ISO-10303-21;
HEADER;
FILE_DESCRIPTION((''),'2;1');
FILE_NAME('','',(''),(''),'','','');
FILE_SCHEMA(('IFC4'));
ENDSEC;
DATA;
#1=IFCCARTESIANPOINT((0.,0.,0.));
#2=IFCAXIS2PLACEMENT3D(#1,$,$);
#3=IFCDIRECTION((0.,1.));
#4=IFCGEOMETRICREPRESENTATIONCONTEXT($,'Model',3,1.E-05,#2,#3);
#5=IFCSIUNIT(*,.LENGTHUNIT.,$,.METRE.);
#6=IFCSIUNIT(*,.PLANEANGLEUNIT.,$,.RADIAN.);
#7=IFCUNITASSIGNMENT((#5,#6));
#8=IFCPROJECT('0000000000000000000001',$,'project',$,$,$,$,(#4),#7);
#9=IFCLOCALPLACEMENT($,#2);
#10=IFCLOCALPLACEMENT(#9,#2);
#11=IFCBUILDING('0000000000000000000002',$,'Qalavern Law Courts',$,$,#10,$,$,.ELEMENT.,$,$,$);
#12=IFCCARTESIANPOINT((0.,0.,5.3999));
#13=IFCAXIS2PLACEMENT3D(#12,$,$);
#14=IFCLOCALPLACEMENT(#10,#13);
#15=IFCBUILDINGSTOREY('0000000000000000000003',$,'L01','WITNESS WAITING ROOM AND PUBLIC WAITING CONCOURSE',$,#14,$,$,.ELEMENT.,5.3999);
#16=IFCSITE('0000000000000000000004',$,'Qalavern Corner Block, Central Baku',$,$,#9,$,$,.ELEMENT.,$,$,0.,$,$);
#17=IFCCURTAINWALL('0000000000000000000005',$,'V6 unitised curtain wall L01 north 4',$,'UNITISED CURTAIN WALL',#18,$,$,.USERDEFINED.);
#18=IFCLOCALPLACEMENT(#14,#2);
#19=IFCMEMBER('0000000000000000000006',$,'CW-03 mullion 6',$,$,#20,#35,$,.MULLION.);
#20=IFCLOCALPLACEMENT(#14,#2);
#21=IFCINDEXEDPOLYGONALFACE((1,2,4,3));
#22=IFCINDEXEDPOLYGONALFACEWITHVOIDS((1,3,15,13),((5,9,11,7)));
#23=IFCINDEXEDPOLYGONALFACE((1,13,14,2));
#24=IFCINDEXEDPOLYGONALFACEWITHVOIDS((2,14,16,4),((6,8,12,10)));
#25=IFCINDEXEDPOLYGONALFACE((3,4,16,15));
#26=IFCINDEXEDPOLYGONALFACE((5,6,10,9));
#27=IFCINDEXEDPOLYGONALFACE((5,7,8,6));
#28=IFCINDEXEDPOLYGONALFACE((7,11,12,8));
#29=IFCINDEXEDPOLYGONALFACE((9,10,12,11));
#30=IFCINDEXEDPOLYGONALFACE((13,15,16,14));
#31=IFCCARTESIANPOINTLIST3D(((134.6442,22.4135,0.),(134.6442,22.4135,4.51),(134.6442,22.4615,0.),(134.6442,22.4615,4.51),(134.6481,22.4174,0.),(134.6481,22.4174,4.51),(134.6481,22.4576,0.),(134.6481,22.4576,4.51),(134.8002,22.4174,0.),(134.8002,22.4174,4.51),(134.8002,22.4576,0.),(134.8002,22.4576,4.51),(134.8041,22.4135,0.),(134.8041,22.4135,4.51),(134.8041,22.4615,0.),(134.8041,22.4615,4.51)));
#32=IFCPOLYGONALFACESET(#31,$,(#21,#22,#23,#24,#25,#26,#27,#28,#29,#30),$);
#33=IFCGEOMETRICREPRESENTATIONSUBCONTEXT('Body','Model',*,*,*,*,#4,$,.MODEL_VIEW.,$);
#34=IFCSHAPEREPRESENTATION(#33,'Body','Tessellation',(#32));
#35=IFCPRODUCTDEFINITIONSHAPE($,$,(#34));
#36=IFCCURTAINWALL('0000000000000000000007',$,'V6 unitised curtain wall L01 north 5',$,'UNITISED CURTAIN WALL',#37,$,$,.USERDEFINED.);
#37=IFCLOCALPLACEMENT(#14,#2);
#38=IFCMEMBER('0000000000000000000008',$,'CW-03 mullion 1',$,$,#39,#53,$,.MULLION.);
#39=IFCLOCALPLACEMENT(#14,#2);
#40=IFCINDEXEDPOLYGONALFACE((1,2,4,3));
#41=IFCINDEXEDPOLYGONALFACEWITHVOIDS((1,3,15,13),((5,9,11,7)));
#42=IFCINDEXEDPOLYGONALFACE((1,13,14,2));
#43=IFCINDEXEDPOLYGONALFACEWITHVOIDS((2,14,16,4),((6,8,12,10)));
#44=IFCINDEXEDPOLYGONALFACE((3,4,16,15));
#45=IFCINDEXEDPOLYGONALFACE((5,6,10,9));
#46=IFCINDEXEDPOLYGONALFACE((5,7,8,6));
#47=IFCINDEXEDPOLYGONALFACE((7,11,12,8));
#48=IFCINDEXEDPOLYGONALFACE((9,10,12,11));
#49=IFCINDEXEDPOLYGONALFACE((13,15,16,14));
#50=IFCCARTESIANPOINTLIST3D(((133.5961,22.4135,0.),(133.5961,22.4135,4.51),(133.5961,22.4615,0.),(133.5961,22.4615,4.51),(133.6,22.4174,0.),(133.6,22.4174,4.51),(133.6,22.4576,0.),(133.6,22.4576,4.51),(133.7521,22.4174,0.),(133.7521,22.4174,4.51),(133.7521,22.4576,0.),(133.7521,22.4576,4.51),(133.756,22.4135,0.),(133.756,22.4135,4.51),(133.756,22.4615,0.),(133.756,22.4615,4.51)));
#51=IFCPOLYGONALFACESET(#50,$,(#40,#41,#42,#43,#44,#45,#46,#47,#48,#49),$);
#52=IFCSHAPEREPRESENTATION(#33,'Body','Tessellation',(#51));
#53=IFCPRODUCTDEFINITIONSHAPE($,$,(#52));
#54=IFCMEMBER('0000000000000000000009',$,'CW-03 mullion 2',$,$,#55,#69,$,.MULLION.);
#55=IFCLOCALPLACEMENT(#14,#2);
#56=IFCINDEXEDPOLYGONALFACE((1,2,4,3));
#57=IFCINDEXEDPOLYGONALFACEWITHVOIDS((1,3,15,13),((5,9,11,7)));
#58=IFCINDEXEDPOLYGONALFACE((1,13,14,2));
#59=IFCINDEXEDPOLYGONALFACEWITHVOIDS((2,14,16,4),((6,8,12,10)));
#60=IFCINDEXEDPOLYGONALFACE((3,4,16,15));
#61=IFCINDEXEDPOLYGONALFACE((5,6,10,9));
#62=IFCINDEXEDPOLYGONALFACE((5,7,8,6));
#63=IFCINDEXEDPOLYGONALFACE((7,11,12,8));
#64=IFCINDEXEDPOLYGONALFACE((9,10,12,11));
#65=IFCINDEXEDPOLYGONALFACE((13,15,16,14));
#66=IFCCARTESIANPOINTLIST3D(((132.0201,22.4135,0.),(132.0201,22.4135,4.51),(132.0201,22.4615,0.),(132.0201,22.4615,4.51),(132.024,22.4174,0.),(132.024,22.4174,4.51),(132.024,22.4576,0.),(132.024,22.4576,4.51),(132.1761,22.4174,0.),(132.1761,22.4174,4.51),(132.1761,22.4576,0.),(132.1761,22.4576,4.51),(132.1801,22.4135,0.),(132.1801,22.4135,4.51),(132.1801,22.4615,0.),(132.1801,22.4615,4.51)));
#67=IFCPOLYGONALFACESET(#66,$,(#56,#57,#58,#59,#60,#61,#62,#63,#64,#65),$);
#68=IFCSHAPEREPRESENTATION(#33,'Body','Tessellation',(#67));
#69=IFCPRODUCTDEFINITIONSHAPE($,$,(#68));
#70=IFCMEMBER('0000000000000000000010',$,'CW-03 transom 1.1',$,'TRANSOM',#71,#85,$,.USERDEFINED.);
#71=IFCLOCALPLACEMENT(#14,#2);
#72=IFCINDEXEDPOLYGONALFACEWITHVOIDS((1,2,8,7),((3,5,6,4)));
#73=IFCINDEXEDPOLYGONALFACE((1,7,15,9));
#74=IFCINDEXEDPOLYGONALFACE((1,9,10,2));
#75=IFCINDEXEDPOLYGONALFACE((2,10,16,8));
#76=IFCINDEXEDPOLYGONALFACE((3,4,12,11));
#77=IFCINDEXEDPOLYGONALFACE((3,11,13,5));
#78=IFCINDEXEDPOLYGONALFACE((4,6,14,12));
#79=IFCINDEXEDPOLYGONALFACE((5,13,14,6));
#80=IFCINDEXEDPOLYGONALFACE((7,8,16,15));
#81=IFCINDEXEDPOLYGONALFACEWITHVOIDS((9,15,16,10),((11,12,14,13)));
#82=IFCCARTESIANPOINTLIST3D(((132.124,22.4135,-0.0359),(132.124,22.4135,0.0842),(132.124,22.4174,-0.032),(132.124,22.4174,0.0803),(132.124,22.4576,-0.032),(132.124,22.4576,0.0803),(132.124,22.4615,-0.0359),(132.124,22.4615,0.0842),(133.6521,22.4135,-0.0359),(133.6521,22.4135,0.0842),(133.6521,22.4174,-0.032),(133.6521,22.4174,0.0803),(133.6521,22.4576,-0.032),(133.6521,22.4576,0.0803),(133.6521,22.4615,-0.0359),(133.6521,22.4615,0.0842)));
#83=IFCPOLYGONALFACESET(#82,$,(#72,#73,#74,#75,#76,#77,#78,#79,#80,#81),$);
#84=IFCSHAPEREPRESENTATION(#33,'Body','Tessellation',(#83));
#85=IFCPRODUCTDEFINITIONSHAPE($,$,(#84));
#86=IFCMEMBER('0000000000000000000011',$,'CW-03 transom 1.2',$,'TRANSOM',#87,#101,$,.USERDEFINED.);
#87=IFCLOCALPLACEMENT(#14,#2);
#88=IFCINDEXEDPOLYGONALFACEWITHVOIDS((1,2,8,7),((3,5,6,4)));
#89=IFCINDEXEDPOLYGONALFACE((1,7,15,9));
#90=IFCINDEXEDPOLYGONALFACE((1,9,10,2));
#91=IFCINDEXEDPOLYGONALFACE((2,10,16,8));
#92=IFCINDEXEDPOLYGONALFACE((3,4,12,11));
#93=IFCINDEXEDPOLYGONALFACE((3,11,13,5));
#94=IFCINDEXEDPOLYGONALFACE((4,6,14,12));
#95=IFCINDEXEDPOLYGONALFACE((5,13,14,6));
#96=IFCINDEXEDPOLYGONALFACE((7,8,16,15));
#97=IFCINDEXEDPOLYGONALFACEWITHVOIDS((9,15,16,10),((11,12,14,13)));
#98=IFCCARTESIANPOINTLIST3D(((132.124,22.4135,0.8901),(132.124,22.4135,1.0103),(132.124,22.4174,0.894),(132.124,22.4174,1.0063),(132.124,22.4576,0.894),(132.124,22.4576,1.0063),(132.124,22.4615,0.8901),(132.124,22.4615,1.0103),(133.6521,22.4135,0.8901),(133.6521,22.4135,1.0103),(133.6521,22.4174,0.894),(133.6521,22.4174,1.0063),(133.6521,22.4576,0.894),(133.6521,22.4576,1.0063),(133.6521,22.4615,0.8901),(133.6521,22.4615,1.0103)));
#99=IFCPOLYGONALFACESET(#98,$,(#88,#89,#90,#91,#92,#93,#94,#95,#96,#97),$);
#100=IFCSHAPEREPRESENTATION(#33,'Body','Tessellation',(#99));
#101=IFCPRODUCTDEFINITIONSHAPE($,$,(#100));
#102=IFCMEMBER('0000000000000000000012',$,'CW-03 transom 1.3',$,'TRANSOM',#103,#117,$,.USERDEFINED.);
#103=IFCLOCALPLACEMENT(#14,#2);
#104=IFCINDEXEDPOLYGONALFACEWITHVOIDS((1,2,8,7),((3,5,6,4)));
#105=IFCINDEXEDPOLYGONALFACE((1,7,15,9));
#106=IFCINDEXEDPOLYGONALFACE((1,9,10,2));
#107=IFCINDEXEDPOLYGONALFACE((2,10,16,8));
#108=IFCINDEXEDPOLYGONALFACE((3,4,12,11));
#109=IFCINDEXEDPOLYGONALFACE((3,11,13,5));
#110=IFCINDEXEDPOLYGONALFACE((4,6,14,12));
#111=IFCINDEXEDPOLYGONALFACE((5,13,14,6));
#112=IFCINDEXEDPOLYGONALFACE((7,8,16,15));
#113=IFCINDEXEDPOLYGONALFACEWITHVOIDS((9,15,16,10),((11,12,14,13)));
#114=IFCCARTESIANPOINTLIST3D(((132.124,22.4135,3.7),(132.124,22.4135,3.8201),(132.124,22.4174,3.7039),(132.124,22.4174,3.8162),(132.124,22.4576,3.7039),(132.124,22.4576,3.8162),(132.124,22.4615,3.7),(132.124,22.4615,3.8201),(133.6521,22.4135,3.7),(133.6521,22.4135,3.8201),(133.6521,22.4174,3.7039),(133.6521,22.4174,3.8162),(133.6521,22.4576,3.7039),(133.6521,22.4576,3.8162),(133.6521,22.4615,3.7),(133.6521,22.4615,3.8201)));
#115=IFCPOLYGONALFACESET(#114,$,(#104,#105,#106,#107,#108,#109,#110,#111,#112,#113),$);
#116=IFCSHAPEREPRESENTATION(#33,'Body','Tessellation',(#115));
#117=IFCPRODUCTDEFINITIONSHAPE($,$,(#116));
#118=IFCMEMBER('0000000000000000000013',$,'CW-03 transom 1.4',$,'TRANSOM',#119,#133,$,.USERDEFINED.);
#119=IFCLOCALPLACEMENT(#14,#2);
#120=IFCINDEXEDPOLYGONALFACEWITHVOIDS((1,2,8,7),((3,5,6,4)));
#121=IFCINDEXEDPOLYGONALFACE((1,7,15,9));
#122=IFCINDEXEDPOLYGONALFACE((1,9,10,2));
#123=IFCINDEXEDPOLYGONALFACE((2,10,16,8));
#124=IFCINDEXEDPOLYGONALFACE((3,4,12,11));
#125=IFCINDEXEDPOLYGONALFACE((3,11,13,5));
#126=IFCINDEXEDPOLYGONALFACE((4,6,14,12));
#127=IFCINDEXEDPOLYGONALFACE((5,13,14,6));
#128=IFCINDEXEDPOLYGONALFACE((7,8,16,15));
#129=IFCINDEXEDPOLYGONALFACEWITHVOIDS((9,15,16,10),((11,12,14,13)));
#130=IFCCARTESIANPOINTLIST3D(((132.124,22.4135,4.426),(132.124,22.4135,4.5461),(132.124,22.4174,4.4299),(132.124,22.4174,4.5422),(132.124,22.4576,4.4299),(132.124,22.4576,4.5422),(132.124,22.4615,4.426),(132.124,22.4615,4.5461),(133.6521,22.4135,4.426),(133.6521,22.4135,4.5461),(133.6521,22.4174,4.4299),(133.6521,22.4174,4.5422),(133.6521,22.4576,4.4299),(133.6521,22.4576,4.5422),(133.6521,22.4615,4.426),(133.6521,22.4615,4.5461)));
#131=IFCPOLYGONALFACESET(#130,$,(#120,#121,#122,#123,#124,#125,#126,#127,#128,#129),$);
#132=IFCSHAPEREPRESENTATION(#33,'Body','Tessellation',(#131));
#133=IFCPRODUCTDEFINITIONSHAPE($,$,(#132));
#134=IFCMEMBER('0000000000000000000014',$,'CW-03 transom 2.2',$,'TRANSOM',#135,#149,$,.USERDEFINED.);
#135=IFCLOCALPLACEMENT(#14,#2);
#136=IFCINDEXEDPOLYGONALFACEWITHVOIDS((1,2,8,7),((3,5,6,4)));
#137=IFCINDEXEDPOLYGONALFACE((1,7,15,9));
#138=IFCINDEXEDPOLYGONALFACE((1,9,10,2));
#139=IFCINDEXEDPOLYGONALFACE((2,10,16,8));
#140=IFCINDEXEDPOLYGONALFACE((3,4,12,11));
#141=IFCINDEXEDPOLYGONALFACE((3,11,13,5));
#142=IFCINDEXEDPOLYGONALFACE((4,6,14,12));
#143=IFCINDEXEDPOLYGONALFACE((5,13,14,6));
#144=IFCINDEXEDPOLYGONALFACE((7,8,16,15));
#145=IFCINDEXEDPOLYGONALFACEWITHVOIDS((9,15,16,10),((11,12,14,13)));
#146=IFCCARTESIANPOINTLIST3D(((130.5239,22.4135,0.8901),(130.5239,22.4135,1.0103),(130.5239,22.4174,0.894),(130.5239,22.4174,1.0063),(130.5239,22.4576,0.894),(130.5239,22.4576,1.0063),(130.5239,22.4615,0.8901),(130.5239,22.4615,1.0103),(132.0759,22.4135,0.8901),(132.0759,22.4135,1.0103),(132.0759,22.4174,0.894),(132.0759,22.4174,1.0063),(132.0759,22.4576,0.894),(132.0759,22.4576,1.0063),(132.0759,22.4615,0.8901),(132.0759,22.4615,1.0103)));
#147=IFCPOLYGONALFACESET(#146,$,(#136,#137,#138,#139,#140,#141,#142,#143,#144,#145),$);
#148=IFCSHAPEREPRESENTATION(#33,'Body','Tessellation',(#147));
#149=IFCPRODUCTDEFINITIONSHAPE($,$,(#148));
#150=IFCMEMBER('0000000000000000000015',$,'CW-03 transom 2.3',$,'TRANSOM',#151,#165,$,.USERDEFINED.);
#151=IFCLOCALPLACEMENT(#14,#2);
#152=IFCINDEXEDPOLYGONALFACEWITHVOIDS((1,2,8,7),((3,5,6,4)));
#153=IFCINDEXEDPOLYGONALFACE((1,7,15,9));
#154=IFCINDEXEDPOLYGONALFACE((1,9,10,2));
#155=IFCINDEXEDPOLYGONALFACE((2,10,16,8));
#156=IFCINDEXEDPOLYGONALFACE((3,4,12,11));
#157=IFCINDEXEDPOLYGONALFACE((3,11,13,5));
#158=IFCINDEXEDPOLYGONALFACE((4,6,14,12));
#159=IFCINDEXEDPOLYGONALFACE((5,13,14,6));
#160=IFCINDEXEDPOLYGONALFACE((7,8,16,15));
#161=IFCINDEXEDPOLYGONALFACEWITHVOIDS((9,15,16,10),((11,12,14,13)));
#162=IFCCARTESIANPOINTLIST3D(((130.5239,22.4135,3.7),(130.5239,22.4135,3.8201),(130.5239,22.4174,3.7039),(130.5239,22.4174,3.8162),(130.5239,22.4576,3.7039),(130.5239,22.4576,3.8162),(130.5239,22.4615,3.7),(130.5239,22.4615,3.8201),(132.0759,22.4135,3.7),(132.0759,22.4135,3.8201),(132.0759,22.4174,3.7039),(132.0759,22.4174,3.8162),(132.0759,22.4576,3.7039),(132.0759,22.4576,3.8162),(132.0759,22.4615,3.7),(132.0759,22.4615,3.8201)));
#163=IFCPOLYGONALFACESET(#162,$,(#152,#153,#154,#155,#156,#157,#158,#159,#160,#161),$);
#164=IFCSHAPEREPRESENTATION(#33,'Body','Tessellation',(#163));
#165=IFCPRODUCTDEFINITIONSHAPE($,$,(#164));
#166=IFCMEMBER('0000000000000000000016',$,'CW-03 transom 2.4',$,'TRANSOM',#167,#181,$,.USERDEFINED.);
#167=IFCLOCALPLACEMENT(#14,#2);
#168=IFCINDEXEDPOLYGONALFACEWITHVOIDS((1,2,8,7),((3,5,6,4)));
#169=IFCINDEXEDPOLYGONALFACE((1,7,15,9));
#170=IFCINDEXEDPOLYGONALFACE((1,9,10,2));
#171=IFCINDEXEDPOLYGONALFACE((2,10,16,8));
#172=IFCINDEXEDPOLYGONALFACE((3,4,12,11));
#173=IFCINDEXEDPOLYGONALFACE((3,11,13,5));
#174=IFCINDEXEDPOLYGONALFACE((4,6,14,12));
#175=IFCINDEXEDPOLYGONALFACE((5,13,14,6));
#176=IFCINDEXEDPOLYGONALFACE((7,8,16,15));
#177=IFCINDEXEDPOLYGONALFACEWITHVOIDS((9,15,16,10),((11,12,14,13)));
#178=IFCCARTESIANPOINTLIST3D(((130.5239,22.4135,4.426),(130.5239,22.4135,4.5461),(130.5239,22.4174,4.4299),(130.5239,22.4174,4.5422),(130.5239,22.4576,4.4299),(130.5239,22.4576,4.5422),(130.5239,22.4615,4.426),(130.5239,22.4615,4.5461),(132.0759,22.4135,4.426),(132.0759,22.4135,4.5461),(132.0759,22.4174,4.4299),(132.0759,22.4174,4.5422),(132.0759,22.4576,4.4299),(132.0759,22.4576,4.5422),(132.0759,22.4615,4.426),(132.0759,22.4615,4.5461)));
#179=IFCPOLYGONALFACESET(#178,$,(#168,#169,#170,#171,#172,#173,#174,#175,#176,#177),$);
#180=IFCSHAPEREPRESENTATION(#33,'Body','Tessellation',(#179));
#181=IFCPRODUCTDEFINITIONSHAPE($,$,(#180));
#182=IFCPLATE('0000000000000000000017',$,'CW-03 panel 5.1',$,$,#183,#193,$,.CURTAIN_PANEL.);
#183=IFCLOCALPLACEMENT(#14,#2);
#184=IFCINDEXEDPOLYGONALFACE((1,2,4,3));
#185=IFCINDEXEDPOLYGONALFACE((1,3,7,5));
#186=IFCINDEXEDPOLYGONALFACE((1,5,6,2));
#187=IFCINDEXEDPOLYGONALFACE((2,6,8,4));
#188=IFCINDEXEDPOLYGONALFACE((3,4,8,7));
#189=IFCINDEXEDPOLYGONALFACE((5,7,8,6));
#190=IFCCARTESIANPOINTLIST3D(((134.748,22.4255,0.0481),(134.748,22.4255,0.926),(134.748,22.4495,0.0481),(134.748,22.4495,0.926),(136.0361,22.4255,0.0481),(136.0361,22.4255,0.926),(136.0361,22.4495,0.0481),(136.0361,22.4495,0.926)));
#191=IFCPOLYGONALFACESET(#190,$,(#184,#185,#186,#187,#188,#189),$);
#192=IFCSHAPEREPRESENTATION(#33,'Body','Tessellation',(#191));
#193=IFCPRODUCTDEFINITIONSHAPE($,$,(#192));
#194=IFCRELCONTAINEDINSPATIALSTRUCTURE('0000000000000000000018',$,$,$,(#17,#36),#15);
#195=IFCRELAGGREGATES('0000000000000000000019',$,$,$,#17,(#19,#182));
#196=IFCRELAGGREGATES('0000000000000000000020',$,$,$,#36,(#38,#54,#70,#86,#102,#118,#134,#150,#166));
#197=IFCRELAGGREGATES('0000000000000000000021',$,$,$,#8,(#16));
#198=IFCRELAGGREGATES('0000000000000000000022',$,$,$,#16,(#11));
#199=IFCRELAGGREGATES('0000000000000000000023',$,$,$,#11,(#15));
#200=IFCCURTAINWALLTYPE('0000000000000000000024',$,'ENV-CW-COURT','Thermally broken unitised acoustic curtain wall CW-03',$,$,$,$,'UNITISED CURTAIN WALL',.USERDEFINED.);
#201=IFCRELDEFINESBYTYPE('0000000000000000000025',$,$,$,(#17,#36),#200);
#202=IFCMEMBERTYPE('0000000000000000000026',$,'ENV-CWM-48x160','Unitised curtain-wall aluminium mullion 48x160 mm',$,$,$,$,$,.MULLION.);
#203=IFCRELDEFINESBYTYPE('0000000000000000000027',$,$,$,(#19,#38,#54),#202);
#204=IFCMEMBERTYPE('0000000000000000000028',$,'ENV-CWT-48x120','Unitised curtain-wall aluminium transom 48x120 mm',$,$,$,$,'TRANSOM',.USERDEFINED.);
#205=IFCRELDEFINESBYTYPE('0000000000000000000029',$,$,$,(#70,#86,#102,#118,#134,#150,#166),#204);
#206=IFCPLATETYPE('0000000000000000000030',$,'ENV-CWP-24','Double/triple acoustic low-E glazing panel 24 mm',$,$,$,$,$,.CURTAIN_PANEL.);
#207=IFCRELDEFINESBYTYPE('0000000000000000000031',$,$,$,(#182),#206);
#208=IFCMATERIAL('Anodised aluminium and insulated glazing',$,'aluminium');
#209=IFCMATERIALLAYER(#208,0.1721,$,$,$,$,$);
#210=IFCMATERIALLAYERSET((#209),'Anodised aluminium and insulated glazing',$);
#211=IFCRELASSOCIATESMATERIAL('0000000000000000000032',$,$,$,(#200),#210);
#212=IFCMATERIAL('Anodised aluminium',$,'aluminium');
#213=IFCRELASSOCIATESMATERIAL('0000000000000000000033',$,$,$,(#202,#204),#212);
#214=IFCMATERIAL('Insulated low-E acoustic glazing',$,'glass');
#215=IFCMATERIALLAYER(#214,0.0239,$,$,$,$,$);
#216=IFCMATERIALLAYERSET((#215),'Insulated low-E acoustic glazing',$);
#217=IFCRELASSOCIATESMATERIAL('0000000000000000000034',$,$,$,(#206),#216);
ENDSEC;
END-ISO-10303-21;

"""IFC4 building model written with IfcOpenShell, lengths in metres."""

from ifc_helpers import new_model, si_unit, direction, frame, origin, origin_2d, place, context, subcontext, project, spatial, rectangle, hollow_rectangle, extrude, material, layer, layer_set, material_profile, profile_set, type_object, element, aggregate, save


model = new_model("IFC4")

# Units and contexts
model_context = context("Model", 3, precision=1e-05, world=origin(), true_north=direction((0.0, 1.0)))
body_context = subcontext(model_context, "Body", "Model", "MODEL_VIEW")
ifc_project = project(units=[si_unit("LENGTHUNIT", "METRE"), si_unit("PLANEANGLEUNIT", "RADIAN")], contexts=[model_context])

# Site, building, storey
site_placement = place(None, origin())
site = spatial("IfcSite", under=ifc_project, at=site_placement, Name="Qalavern Corner Block, Central Baku", CompositionType="ELEMENT", RefElevation=0.0)
building_placement = place(site_placement, origin())
building = spatial("IfcBuilding", under=site, at=building_placement, Name="Qalavern Law Courts", CompositionType="ELEMENT")
storey_placement = place(building_placement, frame((0.0, 0.0, 5.3999)))
storey = spatial("IfcBuildingStorey", under=building, at=storey_placement, Name="L01", Description="WITNESS WAITING ROOM AND PUBLIC WAITING CONCOURSE", CompositionType="ELEMENT", Elevation=5.3999)

# Curtain wall, member
ifc_material_1 = material(Name="Anodised aluminium and insulated glazing", Category="aluminium")
ifc_layer_1 = layer(ifc_material_1, 0.1721)
ifc_layer_set_1 = layer_set([ifc_layer_1], Name="Anodised aluminium and insulated glazing")
curtain_wall_type = type_object("IfcCurtainWallType", Name="ENV-CW-COURT", Description="Thermally broken unitised acoustic curtain wall CW-03", ElementType="UNITISED CURTAIN WALL", PredefinedType="USERDEFINED", material=ifc_layer_set_1)
curtain_wall_1_placement = place(storey_placement, origin())
curtain_wall_1 = element("IfcCurtainWall", 1, at=curtain_wall_1_placement, inside=storey, type_object=curtain_wall_type, Name="V6 unitised curtain wall L01 north 4", ObjectType="UNITISED CURTAIN WALL", PredefinedType="USERDEFINED")
ifc_material_2 = material(Name="Anodised aluminium", Category="aluminium")
ifc_material_profile_1 = material_profile(ifc_material_2, hollow_rectangle(XDim=0.0481, YDim=0.1599, WallThickness=0.0039, at=origin_2d()), Name="ALU MULLION 48x160")
ifc_profile_set_1 = profile_set([ifc_material_profile_1], Name="Anodised aluminium")
member_type_1 = type_object("IfcMemberType", Name="ENV-CWM-48x160", Description="Unitised curtain-wall aluminium mullion 48x160 mm", PredefinedType="MULLION", material=ifc_profile_set_1)
member_1_placement = place(storey_placement, frame((134.7241, 22.4375, 0.0), z_axis=(0.0, 0.0, 1.0), x_axis=(0.0, -1.0, 0.0)))
member_1 = element("IfcMember", 2, at=member_1_placement, type_object=member_type_1, Name="CW-03 mullion 6", PredefinedType="MULLION", context=body_context, shape_type="SweptSolid", body=[
    extrude(hollow_rectangle(XDim=0.0481, YDim=0.1599, WallThickness=0.0039, at=origin_2d()), origin(), (0.0, 0.0, 1.0), 4.51),
])

# Curtain wall, members
curtain_wall_2_placement = place(storey_placement, origin())
curtain_wall_2 = element("IfcCurtainWall", 3, at=curtain_wall_2_placement, inside=storey, type_object=curtain_wall_type, Name="V6 unitised curtain wall L01 north 5", ObjectType="UNITISED CURTAIN WALL", PredefinedType="USERDEFINED")
member_2_placement = place(storey_placement, frame((133.676, 22.4375, 0.0), z_axis=(0.0, 0.0, 1.0), x_axis=(0.0, -1.0, 0.0)))
member_2 = element("IfcMember", 4, at=member_2_placement, type_object=member_type_1, Name="CW-03 mullion 1", PredefinedType="MULLION", context=body_context, shape_type="SweptSolid", body=[
    extrude(hollow_rectangle(XDim=0.0481, YDim=0.1599, WallThickness=0.0039, at=origin_2d()), origin(), (0.0, 0.0, 1.0), 4.51),
])
member_3_placement = place(storey_placement, frame((132.1001, 22.4375, 0.0), z_axis=(0.0, 0.0, 1.0), x_axis=(0.0, -1.0, 0.0)))
member_3 = element("IfcMember", 5, at=member_3_placement, type_object=member_type_1, Name="CW-03 mullion 2", PredefinedType="MULLION", context=body_context, shape_type="SweptSolid", body=[
    extrude(hollow_rectangle(XDim=0.0481, YDim=0.1599, WallThickness=0.0039, at=origin_2d()), origin(), (0.0, 0.0, 1.0), 4.51),
])
ifc_material_profile_2 = material_profile(ifc_material_2, hollow_rectangle(XDim=0.0481, YDim=0.1201, WallThickness=0.0039, at=origin_2d()), Name="ALU TRANSOM 48x120")
ifc_profile_set_2 = profile_set([ifc_material_profile_2], Name="Anodised aluminium")
member_type_2 = type_object("IfcMemberType", Name="ENV-CWT-48x120", Description="Unitised curtain-wall aluminium transom 48x120 mm", ElementType="TRANSOM", PredefinedType="USERDEFINED", material=ifc_profile_set_2)
member_4_placement = place(storey_placement, frame((133.6521, 22.4375, 0.0242), z_axis=(-1.0, 0.0, 0.0), x_axis=(0.0, -1.0, 0.0)))
member_4 = element("IfcMember", 6, at=member_4_placement, type_object=member_type_2, Name="CW-03 transom 1.1", ObjectType="TRANSOM", PredefinedType="USERDEFINED", context=body_context, shape_type="SweptSolid", body=[
    extrude(hollow_rectangle(XDim=0.0481, YDim=0.1201, WallThickness=0.0039, at=origin_2d()), origin(), (0.0, 0.0, 1.0), 1.5281),
])
member_5_placement = place(storey_placement, frame((133.6521, 22.4375, 0.9502), z_axis=(-1.0, 0.0, 0.0), x_axis=(0.0, -1.0, 0.0)))
member_5 = element("IfcMember", 7, at=member_5_placement, type_object=member_type_2, Name="CW-03 transom 1.2", ObjectType="TRANSOM", PredefinedType="USERDEFINED", context=body_context, shape_type="SweptSolid", body=[
    extrude(hollow_rectangle(XDim=0.0481, YDim=0.1201, WallThickness=0.0039, at=origin_2d()), origin(), (0.0, 0.0, 1.0), 1.5281),
])
member_6_placement = place(storey_placement, frame((133.6521, 22.4375, 3.76), z_axis=(-1.0, 0.0, 0.0), x_axis=(0.0, -1.0, 0.0)))
member_6 = element("IfcMember", 8, at=member_6_placement, type_object=member_type_2, Name="CW-03 transom 1.3", ObjectType="TRANSOM", PredefinedType="USERDEFINED", context=body_context, shape_type="SweptSolid", body=[
    extrude(hollow_rectangle(XDim=0.0481, YDim=0.1201, WallThickness=0.0039, at=origin_2d()), origin(), (0.0, 0.0, 1.0), 1.5281),
])
member_7_placement = place(storey_placement, frame((133.6521, 22.4375, 4.4861), z_axis=(-1.0, 0.0, 0.0), x_axis=(0.0, -1.0, 0.0)))
member_7 = element("IfcMember", 9, at=member_7_placement, type_object=member_type_2, Name="CW-03 transom 1.4", ObjectType="TRANSOM", PredefinedType="USERDEFINED", context=body_context, shape_type="SweptSolid", body=[
    extrude(hollow_rectangle(XDim=0.0481, YDim=0.1201, WallThickness=0.0039, at=origin_2d()), origin(), (0.0, 0.0, 1.0), 1.5281),
])
member_8_placement = place(storey_placement, frame((132.0759, 22.4375, 0.9502), z_axis=(-1.0, 0.0, 0.0), x_axis=(0.0, -1.0, 0.0)))
member_8 = element("IfcMember", 10, at=member_8_placement, type_object=member_type_2, Name="CW-03 transom 2.2", ObjectType="TRANSOM", PredefinedType="USERDEFINED", context=body_context, shape_type="SweptSolid", body=[
    extrude(hollow_rectangle(XDim=0.0481, YDim=0.1201, WallThickness=0.0039, at=origin_2d()), origin(), (0.0, 0.0, 1.0), 1.552),
])
member_9_placement = place(storey_placement, frame((132.0759, 22.4375, 3.76), z_axis=(-1.0, 0.0, 0.0), x_axis=(0.0, -1.0, 0.0)))
member_9 = element("IfcMember", 11, at=member_9_placement, type_object=member_type_2, Name="CW-03 transom 2.3", ObjectType="TRANSOM", PredefinedType="USERDEFINED", context=body_context, shape_type="SweptSolid", body=[
    extrude(hollow_rectangle(XDim=0.0481, YDim=0.1201, WallThickness=0.0039, at=origin_2d()), origin(), (0.0, 0.0, 1.0), 1.552),
])
member_10_placement = place(storey_placement, frame((132.0759, 22.4375, 4.4861), z_axis=(-1.0, 0.0, 0.0), x_axis=(0.0, -1.0, 0.0)))
member_10 = element("IfcMember", 12, at=member_10_placement, type_object=member_type_2, Name="CW-03 transom 2.4", ObjectType="TRANSOM", PredefinedType="USERDEFINED", context=body_context, shape_type="SweptSolid", body=[
    extrude(hollow_rectangle(XDim=0.0481, YDim=0.1201, WallThickness=0.0039, at=origin_2d()), origin(), (0.0, 0.0, 1.0), 1.552),
])

# Plate
ifc_material_3 = material(Name="Insulated low-E acoustic glazing", Category="glass")
ifc_layer_2 = layer(ifc_material_3, 0.0239)
ifc_layer_set_2 = layer_set([ifc_layer_2], Name="Insulated low-E acoustic glazing")
plate_type_1 = type_object("IfcPlateType", Name="ENV-CWP-24", Description="Double/triple acoustic low-E glazing panel 24 mm", PredefinedType="CURTAIN_PANEL", material=ifc_layer_set_2)
plate_1_placement = place(storey_placement, frame((135.3921, 22.4375, 0.0481), z_axis=(0.0, 0.0, 1.0), x_axis=(-1.0, 0.0, 0.0)))
plate_1 = element("IfcPlate", 13, at=plate_1_placement, type_object=plate_type_1, Name="CW-03 panel 5.1", PredefinedType="CURTAIN_PANEL", context=body_context, shape_type="SweptSolid", body=[
    extrude(rectangle(XDim=1.2881, YDim=0.0239, at=origin_2d()), origin(), (0.0, 0.0, 1.0), 0.8779),
])
aggregate(curtain_wall_1, [member_1, plate_1])
aggregate(curtain_wall_2, [member_2, member_3, member_4, member_5, member_6, member_7, member_8, member_9, member_10])

save(model, "model.ifc")
